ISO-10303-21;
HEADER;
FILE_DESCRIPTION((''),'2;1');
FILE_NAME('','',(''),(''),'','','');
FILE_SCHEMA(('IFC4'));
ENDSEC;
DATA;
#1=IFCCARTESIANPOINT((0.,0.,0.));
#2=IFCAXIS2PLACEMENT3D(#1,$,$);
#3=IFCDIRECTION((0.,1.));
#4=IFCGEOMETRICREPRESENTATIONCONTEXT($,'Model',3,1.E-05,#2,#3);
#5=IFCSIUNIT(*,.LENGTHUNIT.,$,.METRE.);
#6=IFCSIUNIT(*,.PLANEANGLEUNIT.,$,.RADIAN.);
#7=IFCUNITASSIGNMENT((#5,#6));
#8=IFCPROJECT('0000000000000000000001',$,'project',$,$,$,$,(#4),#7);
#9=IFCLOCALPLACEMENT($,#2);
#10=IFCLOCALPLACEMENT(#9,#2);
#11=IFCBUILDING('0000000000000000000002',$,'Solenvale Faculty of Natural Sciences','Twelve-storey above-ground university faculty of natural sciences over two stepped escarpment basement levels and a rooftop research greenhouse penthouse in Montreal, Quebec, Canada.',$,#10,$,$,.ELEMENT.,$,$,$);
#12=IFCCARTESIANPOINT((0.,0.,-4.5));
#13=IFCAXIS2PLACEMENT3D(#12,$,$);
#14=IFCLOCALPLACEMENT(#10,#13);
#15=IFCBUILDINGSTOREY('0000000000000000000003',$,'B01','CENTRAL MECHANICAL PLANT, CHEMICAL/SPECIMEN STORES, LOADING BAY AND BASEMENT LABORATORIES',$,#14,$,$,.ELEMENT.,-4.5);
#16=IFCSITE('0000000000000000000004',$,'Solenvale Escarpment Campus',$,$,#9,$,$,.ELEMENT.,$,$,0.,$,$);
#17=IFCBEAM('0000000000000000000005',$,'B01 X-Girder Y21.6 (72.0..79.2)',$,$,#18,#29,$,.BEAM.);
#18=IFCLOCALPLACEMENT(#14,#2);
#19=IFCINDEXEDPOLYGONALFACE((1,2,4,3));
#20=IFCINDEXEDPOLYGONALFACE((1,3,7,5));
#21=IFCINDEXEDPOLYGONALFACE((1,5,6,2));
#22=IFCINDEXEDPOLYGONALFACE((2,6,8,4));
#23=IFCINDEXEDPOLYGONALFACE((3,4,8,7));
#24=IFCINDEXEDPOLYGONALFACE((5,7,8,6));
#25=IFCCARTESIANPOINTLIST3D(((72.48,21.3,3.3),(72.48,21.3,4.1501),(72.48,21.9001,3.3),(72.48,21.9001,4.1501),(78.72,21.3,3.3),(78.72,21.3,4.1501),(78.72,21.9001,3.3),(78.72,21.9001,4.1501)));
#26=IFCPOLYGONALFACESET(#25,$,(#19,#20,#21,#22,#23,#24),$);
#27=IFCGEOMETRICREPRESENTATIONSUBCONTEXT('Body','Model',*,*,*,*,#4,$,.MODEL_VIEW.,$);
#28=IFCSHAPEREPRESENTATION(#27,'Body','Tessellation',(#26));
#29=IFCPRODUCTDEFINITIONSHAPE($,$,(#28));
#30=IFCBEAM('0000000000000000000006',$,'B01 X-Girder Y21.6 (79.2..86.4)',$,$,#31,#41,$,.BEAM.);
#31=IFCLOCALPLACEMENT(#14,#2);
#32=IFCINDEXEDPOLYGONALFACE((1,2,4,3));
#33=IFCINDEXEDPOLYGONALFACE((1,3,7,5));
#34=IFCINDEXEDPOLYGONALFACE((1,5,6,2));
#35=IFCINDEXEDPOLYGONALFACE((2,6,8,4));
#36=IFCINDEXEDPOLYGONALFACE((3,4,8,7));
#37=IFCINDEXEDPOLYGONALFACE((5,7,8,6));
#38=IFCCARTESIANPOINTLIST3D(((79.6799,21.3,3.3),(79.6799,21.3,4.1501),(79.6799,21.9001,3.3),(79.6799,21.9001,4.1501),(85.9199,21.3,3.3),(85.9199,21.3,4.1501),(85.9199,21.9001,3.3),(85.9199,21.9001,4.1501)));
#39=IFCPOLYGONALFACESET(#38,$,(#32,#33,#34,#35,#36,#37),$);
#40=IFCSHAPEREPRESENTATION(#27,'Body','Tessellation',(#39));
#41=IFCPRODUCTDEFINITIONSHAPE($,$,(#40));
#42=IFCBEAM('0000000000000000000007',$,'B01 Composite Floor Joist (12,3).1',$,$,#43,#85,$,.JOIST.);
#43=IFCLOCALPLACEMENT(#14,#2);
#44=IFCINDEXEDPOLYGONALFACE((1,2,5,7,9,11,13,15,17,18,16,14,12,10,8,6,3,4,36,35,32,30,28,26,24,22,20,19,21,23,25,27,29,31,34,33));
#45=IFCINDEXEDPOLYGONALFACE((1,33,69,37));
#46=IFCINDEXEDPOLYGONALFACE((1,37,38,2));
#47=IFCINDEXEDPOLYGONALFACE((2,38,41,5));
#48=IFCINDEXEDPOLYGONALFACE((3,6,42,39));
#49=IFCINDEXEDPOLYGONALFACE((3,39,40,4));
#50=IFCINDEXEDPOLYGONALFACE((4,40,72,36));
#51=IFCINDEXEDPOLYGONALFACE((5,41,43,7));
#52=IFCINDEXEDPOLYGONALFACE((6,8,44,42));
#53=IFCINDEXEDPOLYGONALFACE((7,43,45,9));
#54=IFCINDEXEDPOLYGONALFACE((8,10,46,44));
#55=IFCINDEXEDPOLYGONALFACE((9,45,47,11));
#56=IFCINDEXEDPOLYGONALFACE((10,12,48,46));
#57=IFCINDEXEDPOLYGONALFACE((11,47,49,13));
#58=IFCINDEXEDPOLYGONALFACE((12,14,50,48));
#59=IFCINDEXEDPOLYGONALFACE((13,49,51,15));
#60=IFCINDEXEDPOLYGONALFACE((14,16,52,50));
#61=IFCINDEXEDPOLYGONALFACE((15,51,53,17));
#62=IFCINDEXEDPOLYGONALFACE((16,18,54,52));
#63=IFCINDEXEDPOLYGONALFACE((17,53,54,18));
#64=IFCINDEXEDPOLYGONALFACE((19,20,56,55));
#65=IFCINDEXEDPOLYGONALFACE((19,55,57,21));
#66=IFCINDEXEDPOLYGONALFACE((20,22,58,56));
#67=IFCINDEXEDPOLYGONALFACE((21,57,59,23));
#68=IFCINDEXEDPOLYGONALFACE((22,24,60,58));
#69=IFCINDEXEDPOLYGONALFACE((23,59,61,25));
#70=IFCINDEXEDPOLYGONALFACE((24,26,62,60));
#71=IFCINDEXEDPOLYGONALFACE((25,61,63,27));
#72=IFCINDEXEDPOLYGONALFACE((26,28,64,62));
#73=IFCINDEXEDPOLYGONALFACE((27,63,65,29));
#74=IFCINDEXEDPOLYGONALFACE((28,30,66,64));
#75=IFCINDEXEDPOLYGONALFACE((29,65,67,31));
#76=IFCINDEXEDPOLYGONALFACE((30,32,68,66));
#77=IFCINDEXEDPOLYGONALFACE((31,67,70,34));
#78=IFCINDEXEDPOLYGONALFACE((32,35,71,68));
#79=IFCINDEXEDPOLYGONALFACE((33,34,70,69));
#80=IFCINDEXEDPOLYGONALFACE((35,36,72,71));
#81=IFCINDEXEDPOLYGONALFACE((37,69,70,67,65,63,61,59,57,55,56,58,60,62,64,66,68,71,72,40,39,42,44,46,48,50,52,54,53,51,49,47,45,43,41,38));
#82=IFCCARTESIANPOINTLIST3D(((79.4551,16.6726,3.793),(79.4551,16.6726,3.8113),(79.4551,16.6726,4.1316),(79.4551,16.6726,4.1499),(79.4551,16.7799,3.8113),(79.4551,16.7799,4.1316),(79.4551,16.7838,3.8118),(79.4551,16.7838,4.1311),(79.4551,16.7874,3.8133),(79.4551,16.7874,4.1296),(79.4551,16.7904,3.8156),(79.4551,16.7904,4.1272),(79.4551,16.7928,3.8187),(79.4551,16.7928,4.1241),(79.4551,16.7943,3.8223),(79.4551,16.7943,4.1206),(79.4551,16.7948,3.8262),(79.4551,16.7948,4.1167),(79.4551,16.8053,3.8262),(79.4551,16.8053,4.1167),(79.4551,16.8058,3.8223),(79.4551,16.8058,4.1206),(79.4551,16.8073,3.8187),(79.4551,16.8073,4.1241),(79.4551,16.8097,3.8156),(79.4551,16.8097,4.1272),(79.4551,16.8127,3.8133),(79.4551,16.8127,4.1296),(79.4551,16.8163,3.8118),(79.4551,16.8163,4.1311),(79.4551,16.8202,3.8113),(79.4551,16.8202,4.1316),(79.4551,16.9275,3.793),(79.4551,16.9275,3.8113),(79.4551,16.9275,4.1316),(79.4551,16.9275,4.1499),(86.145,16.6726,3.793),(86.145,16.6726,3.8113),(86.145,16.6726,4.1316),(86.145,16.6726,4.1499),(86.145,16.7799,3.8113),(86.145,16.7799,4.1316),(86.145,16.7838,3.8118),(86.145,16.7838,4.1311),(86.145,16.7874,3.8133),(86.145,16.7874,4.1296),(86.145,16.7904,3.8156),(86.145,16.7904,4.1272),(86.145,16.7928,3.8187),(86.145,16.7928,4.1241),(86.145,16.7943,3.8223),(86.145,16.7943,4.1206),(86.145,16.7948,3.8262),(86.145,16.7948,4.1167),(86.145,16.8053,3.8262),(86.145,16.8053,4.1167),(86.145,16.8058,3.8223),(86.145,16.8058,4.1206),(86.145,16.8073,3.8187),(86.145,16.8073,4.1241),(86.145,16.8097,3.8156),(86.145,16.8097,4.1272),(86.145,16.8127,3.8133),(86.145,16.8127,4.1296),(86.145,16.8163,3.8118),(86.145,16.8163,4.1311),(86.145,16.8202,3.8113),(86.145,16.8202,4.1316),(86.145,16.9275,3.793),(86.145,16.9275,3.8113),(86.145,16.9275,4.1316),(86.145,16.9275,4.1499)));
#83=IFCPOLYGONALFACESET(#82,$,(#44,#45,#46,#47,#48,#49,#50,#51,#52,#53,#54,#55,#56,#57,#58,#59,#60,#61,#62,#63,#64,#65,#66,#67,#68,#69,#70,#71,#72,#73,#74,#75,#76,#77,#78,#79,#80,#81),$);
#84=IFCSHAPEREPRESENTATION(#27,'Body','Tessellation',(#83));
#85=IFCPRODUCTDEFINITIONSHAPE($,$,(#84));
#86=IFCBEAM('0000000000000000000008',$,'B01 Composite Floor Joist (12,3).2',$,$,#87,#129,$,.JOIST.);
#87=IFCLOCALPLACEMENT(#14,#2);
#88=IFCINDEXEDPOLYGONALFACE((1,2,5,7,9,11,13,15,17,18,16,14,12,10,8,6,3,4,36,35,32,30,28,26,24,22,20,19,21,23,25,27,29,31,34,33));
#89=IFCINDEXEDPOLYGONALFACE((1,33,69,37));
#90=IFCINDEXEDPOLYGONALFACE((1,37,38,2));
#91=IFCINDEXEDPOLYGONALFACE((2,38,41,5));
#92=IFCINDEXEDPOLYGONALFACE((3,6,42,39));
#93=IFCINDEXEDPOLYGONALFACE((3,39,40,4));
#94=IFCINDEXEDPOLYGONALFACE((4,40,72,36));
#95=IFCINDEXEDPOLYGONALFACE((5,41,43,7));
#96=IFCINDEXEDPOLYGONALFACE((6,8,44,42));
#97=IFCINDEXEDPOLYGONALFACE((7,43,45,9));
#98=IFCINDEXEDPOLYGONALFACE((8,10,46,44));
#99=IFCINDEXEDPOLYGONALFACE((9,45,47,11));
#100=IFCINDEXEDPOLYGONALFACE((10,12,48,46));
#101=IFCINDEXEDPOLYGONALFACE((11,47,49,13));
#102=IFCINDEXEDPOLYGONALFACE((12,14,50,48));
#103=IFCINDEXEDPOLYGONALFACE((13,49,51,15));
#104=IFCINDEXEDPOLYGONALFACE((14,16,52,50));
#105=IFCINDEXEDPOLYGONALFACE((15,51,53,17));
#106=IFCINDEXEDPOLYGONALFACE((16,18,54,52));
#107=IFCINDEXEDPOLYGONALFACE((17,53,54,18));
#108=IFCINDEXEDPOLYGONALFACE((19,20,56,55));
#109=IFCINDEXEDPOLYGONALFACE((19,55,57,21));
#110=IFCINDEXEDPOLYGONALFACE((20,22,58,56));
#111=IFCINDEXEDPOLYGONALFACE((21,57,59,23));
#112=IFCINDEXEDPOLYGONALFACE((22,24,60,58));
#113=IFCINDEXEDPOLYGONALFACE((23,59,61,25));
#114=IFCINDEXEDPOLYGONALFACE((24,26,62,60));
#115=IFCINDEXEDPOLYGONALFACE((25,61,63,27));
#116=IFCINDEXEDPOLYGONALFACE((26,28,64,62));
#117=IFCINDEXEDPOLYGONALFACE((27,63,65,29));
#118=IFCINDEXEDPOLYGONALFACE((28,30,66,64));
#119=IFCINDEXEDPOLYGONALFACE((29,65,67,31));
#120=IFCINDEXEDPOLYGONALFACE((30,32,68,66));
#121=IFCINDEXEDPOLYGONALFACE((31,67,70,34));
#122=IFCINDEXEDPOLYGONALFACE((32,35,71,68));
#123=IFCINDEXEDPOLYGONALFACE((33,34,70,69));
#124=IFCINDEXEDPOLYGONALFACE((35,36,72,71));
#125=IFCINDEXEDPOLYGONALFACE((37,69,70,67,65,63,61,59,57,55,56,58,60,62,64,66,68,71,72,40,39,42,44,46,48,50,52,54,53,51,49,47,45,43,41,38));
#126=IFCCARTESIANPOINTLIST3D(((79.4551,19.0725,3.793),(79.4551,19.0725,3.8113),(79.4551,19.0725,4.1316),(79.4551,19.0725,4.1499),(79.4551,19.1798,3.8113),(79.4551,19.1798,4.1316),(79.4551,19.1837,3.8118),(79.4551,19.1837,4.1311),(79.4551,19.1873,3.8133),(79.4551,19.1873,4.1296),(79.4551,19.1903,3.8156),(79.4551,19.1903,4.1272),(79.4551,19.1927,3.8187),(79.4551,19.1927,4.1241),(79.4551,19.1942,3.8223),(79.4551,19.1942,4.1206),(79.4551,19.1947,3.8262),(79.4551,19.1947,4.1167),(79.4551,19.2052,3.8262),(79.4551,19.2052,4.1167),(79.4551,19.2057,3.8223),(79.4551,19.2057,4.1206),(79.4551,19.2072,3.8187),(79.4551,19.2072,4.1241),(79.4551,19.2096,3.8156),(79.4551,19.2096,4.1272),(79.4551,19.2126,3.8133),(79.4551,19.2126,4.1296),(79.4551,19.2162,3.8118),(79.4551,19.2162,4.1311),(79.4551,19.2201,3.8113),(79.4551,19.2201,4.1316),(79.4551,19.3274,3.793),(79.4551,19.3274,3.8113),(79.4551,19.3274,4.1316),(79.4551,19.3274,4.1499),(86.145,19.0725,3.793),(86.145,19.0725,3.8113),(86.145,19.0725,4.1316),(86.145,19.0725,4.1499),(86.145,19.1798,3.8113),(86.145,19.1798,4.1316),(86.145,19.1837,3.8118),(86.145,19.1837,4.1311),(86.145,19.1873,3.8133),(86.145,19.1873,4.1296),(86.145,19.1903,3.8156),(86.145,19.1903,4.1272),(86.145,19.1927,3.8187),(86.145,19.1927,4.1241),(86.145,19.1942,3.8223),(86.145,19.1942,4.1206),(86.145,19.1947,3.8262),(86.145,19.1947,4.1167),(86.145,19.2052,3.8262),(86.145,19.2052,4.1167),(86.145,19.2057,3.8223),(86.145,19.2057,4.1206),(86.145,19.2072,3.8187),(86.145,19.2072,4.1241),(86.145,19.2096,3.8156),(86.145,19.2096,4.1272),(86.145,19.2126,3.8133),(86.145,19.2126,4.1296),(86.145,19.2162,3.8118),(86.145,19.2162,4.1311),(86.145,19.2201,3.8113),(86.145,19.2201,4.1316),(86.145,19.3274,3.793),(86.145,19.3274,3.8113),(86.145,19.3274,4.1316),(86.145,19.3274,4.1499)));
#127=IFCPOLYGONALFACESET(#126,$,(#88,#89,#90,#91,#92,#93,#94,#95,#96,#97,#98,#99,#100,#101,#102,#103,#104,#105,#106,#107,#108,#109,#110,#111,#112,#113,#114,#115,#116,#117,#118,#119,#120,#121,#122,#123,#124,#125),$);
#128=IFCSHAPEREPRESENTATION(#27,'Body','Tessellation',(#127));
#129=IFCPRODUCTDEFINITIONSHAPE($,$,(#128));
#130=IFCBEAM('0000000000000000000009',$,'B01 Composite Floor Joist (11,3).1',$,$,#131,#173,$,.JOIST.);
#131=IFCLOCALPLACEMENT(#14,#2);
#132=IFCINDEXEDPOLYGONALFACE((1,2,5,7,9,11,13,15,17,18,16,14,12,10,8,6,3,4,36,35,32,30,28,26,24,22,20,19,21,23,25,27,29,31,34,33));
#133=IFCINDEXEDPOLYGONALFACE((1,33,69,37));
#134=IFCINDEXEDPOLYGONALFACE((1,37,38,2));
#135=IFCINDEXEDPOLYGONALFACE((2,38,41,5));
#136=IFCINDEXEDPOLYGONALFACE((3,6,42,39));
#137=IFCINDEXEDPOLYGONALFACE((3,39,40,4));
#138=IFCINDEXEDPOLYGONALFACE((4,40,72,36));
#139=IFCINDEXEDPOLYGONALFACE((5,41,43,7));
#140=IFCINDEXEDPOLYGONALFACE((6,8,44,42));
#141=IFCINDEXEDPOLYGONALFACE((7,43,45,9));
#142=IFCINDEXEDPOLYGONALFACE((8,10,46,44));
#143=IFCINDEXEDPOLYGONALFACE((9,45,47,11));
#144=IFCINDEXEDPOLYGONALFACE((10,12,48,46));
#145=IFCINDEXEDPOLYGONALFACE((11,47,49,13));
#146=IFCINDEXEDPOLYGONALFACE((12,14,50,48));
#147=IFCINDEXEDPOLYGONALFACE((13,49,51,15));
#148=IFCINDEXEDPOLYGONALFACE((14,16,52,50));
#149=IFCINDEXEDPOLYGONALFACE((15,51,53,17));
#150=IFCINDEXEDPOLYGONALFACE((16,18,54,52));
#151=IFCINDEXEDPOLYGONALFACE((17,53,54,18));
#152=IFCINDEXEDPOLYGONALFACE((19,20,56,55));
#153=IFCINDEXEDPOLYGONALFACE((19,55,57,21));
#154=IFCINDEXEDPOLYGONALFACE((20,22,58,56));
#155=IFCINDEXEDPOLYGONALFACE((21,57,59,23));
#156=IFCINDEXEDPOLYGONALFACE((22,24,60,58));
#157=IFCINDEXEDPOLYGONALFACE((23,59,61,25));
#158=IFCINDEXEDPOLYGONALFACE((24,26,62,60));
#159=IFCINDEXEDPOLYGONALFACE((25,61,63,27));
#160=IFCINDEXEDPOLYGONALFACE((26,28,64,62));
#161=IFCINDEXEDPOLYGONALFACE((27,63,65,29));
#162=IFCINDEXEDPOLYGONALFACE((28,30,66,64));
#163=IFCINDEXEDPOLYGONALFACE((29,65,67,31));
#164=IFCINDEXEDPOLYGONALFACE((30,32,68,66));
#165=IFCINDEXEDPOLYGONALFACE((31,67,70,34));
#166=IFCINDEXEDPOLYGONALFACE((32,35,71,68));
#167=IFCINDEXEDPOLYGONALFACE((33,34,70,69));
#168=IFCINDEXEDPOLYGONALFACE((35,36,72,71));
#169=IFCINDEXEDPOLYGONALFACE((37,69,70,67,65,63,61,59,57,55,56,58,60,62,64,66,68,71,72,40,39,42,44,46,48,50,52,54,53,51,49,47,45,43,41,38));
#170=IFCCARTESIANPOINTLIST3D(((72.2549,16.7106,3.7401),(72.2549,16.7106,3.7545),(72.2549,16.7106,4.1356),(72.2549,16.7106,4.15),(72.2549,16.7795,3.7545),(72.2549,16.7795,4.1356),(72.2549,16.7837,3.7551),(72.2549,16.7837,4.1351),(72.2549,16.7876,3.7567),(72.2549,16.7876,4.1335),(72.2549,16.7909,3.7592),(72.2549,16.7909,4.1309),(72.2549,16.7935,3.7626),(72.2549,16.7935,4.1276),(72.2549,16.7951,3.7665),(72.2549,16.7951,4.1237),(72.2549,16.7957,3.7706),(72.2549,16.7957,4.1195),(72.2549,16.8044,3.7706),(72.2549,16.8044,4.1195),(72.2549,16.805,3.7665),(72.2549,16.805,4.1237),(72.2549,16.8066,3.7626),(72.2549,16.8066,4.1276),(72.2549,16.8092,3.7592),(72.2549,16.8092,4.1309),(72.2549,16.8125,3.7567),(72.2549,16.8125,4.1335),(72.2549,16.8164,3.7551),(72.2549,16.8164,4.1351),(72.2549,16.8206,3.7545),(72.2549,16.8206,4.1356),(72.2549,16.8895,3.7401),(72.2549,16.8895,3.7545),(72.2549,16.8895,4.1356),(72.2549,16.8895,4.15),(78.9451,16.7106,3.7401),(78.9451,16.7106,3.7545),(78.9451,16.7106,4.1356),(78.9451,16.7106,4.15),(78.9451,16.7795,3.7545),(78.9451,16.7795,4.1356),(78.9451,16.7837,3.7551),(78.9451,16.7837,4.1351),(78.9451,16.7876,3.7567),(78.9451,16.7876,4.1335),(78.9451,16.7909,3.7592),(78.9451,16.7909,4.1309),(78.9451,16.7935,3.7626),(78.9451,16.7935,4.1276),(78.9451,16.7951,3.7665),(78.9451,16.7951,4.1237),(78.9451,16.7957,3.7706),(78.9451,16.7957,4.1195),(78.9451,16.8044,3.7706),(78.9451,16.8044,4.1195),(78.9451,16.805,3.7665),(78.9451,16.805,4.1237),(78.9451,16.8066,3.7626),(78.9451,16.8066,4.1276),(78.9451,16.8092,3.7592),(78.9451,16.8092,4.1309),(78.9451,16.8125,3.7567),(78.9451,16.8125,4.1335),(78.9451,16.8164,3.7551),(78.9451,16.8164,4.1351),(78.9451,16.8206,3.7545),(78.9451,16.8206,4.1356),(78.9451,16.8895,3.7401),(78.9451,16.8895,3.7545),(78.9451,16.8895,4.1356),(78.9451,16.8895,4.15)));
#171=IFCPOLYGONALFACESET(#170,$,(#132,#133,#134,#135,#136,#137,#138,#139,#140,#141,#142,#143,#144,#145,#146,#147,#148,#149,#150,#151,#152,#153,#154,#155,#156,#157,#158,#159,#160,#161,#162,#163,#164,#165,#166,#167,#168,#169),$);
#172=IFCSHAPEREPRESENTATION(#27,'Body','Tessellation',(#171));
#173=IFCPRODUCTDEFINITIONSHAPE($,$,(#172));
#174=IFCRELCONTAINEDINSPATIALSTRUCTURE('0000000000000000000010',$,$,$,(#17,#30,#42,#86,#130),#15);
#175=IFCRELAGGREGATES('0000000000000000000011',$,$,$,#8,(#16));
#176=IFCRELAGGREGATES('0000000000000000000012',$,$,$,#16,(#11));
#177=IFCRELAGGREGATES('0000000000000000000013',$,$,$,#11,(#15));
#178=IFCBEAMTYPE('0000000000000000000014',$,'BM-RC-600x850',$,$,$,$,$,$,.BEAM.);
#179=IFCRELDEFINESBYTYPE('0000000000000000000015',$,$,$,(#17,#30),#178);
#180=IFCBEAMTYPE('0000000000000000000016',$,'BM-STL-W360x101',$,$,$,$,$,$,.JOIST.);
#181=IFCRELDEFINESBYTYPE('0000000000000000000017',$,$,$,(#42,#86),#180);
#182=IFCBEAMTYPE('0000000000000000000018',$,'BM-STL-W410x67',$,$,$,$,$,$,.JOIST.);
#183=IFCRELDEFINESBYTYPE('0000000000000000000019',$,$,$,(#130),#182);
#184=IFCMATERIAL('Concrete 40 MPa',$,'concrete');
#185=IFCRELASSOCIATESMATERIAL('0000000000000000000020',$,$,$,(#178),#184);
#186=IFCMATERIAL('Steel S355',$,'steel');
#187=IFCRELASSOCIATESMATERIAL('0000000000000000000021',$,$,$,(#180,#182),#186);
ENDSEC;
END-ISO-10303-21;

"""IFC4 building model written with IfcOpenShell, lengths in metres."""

from ifc_helpers import new_model, si_unit, direction, frame, origin, origin_2d, place, context, subcontext, project, spatial, rectangle, i_section, extrude, material, material_profile, profile_set, type_object, element, save


model = new_model("IFC4")

# Units and contexts
model_context = context("Model", 3, precision=1e-05, world=origin(), true_north=direction((0.0, 1.0)))
body_context = subcontext(model_context, "Body", "Model", "MODEL_VIEW")
ifc_project = project(units=[si_unit("LENGTHUNIT", "METRE"), si_unit("PLANEANGLEUNIT", "RADIAN")], contexts=[model_context])

# Site, building, storey
site_placement = place(None, origin())
site = spatial("IfcSite", under=ifc_project, at=site_placement, Name="Solenvale Escarpment Campus", CompositionType="ELEMENT", RefElevation=0.0)
building_placement = place(site_placement, origin())
building = spatial("IfcBuilding", under=site, at=building_placement, Name="Solenvale Faculty of Natural Sciences", Description="Twelve-storey above-ground university faculty of natural sciences over two stepped escarpment basement levels and a rooftop research greenhouse penthouse in Montreal, Quebec, Canada.", CompositionType="ELEMENT")
storey_placement = place(building_placement, frame((0.0, 0.0, -4.5)))
storey = spatial("IfcBuildingStorey", under=building, at=storey_placement, Name="B01", Description="CENTRAL MECHANICAL PLANT, CHEMICAL/SPECIMEN STORES, LOADING BAY AND BASEMENT LABORATORIES", CompositionType="ELEMENT", Elevation=-4.5)

# Shared definitions
ifc_material_1 = material(Name="Concrete 40 MPa", Category="concrete")

# Beams
ifc_material_profile_1 = material_profile(ifc_material_1, rectangle(XDim=0.6001, YDim=0.8501, at=origin_2d()), Name="RC-BM-600x850")
ifc_profile_set_1 = profile_set([ifc_material_profile_1], Name="Concrete 40 MPa")
beam_type_1 = type_object("IfcBeamType", Name="BM-RC-600x850", PredefinedType="BEAM", material=ifc_profile_set_1)
for number, where, z_axis, x_axis, name in (
    (1, (72.48, 21.6001, 3.7251), (1.0, 0.0, 0.0), (0.0, 1.0, 0.0), "B01 X-Girder Y21.6 (72.0..79.2)"),
    (2, (79.6799, 21.6001, 3.7251), (1.0, 0.0, 0.0), (0.0, 1.0, 0.0), "B01 X-Girder Y21.6 (79.2..86.4)"),
):
    element("IfcBeam", number, at=place(storey_placement, frame(where, z_axis=z_axis, x_axis=x_axis)), inside=storey, type_object=beam_type_1, Name=name, PredefinedType="BEAM", context=body_context, shape_type="SweptSolid", body=[
        extrude(rectangle(XDim=0.6001, YDim=0.8501, at=origin_2d()), origin(), (0.0, 0.0, 1.0), 6.24),
    ])
ifc_material_2 = material(Name="Steel S355", Category="steel")
ifc_material_profile_2 = material_profile(ifc_material_2, i_section(OverallWidth=0.2549, OverallDepth=0.3569, WebThickness=0.0105, FlangeThickness=0.0183, FilletRadius=0.0149, at=origin_2d()), Name="W360x101")
ifc_profile_set_2 = profile_set([ifc_material_profile_2], Name="Steel S355")
beam_type_2 = type_object("IfcBeamType", Name="BM-STL-W360x101", PredefinedType="JOIST", material=ifc_profile_set_2)
for number, where, z_axis, x_axis, name in (
    (3, (79.4551, 16.8, 3.9714), (1.0, 0.0, 0.0), (0.0, 1.0, 0.0), "B01 Composite Floor Joist (12,3).1"),
    (4, (79.4551, 19.2, 3.9714), (1.0, 0.0, 0.0), (0.0, 1.0, 0.0), "B01 Composite Floor Joist (12,3).2"),
):
    element("IfcBeam", number, at=place(storey_placement, frame(where, z_axis=z_axis, x_axis=x_axis)), inside=storey, type_object=beam_type_2, Name=name, PredefinedType="JOIST", context=body_context, shape_type="SweptSolid", body=[
        extrude(i_section(OverallWidth=0.2549, OverallDepth=0.3569, WebThickness=0.0105, FlangeThickness=0.0183, FilletRadius=0.0149, at=origin_2d()), origin(), (0.0, 0.0, 1.0), 6.6899),
    ])
ifc_material_profile_3 = material_profile(ifc_material_2, i_section(OverallWidth=0.179, OverallDepth=0.4099, WebThickness=0.0088, FlangeThickness=0.0144, FilletRadius=0.0161, at=origin_2d()), Name="W410x67")
ifc_profile_set_3 = profile_set([ifc_material_profile_3], Name="Steel S355")
beam_type_3 = type_object("IfcBeamType", Name="BM-STL-W410x67", PredefinedType="JOIST", material=ifc_profile_set_3)
for number, where, z_axis, x_axis, name in (
    (5, (72.2549, 16.8, 3.9451), (1.0, 0.0, 0.0), (0.0, 1.0, 0.0), "B01 Composite Floor Joist (11,3).1"),
):
    element("IfcBeam", number, at=place(storey_placement, frame(where, z_axis=z_axis, x_axis=x_axis)), inside=storey, type_object=beam_type_3, Name=name, PredefinedType="JOIST", context=body_context, shape_type="SweptSolid", body=[
        extrude(i_section(OverallWidth=0.179, OverallDepth=0.4099, WebThickness=0.0088, FlangeThickness=0.0144, FilletRadius=0.0161, at=origin_2d()), origin(), (0.0, 0.0, 1.0), 6.6902),
    ])

save(model, "model.ifc")
